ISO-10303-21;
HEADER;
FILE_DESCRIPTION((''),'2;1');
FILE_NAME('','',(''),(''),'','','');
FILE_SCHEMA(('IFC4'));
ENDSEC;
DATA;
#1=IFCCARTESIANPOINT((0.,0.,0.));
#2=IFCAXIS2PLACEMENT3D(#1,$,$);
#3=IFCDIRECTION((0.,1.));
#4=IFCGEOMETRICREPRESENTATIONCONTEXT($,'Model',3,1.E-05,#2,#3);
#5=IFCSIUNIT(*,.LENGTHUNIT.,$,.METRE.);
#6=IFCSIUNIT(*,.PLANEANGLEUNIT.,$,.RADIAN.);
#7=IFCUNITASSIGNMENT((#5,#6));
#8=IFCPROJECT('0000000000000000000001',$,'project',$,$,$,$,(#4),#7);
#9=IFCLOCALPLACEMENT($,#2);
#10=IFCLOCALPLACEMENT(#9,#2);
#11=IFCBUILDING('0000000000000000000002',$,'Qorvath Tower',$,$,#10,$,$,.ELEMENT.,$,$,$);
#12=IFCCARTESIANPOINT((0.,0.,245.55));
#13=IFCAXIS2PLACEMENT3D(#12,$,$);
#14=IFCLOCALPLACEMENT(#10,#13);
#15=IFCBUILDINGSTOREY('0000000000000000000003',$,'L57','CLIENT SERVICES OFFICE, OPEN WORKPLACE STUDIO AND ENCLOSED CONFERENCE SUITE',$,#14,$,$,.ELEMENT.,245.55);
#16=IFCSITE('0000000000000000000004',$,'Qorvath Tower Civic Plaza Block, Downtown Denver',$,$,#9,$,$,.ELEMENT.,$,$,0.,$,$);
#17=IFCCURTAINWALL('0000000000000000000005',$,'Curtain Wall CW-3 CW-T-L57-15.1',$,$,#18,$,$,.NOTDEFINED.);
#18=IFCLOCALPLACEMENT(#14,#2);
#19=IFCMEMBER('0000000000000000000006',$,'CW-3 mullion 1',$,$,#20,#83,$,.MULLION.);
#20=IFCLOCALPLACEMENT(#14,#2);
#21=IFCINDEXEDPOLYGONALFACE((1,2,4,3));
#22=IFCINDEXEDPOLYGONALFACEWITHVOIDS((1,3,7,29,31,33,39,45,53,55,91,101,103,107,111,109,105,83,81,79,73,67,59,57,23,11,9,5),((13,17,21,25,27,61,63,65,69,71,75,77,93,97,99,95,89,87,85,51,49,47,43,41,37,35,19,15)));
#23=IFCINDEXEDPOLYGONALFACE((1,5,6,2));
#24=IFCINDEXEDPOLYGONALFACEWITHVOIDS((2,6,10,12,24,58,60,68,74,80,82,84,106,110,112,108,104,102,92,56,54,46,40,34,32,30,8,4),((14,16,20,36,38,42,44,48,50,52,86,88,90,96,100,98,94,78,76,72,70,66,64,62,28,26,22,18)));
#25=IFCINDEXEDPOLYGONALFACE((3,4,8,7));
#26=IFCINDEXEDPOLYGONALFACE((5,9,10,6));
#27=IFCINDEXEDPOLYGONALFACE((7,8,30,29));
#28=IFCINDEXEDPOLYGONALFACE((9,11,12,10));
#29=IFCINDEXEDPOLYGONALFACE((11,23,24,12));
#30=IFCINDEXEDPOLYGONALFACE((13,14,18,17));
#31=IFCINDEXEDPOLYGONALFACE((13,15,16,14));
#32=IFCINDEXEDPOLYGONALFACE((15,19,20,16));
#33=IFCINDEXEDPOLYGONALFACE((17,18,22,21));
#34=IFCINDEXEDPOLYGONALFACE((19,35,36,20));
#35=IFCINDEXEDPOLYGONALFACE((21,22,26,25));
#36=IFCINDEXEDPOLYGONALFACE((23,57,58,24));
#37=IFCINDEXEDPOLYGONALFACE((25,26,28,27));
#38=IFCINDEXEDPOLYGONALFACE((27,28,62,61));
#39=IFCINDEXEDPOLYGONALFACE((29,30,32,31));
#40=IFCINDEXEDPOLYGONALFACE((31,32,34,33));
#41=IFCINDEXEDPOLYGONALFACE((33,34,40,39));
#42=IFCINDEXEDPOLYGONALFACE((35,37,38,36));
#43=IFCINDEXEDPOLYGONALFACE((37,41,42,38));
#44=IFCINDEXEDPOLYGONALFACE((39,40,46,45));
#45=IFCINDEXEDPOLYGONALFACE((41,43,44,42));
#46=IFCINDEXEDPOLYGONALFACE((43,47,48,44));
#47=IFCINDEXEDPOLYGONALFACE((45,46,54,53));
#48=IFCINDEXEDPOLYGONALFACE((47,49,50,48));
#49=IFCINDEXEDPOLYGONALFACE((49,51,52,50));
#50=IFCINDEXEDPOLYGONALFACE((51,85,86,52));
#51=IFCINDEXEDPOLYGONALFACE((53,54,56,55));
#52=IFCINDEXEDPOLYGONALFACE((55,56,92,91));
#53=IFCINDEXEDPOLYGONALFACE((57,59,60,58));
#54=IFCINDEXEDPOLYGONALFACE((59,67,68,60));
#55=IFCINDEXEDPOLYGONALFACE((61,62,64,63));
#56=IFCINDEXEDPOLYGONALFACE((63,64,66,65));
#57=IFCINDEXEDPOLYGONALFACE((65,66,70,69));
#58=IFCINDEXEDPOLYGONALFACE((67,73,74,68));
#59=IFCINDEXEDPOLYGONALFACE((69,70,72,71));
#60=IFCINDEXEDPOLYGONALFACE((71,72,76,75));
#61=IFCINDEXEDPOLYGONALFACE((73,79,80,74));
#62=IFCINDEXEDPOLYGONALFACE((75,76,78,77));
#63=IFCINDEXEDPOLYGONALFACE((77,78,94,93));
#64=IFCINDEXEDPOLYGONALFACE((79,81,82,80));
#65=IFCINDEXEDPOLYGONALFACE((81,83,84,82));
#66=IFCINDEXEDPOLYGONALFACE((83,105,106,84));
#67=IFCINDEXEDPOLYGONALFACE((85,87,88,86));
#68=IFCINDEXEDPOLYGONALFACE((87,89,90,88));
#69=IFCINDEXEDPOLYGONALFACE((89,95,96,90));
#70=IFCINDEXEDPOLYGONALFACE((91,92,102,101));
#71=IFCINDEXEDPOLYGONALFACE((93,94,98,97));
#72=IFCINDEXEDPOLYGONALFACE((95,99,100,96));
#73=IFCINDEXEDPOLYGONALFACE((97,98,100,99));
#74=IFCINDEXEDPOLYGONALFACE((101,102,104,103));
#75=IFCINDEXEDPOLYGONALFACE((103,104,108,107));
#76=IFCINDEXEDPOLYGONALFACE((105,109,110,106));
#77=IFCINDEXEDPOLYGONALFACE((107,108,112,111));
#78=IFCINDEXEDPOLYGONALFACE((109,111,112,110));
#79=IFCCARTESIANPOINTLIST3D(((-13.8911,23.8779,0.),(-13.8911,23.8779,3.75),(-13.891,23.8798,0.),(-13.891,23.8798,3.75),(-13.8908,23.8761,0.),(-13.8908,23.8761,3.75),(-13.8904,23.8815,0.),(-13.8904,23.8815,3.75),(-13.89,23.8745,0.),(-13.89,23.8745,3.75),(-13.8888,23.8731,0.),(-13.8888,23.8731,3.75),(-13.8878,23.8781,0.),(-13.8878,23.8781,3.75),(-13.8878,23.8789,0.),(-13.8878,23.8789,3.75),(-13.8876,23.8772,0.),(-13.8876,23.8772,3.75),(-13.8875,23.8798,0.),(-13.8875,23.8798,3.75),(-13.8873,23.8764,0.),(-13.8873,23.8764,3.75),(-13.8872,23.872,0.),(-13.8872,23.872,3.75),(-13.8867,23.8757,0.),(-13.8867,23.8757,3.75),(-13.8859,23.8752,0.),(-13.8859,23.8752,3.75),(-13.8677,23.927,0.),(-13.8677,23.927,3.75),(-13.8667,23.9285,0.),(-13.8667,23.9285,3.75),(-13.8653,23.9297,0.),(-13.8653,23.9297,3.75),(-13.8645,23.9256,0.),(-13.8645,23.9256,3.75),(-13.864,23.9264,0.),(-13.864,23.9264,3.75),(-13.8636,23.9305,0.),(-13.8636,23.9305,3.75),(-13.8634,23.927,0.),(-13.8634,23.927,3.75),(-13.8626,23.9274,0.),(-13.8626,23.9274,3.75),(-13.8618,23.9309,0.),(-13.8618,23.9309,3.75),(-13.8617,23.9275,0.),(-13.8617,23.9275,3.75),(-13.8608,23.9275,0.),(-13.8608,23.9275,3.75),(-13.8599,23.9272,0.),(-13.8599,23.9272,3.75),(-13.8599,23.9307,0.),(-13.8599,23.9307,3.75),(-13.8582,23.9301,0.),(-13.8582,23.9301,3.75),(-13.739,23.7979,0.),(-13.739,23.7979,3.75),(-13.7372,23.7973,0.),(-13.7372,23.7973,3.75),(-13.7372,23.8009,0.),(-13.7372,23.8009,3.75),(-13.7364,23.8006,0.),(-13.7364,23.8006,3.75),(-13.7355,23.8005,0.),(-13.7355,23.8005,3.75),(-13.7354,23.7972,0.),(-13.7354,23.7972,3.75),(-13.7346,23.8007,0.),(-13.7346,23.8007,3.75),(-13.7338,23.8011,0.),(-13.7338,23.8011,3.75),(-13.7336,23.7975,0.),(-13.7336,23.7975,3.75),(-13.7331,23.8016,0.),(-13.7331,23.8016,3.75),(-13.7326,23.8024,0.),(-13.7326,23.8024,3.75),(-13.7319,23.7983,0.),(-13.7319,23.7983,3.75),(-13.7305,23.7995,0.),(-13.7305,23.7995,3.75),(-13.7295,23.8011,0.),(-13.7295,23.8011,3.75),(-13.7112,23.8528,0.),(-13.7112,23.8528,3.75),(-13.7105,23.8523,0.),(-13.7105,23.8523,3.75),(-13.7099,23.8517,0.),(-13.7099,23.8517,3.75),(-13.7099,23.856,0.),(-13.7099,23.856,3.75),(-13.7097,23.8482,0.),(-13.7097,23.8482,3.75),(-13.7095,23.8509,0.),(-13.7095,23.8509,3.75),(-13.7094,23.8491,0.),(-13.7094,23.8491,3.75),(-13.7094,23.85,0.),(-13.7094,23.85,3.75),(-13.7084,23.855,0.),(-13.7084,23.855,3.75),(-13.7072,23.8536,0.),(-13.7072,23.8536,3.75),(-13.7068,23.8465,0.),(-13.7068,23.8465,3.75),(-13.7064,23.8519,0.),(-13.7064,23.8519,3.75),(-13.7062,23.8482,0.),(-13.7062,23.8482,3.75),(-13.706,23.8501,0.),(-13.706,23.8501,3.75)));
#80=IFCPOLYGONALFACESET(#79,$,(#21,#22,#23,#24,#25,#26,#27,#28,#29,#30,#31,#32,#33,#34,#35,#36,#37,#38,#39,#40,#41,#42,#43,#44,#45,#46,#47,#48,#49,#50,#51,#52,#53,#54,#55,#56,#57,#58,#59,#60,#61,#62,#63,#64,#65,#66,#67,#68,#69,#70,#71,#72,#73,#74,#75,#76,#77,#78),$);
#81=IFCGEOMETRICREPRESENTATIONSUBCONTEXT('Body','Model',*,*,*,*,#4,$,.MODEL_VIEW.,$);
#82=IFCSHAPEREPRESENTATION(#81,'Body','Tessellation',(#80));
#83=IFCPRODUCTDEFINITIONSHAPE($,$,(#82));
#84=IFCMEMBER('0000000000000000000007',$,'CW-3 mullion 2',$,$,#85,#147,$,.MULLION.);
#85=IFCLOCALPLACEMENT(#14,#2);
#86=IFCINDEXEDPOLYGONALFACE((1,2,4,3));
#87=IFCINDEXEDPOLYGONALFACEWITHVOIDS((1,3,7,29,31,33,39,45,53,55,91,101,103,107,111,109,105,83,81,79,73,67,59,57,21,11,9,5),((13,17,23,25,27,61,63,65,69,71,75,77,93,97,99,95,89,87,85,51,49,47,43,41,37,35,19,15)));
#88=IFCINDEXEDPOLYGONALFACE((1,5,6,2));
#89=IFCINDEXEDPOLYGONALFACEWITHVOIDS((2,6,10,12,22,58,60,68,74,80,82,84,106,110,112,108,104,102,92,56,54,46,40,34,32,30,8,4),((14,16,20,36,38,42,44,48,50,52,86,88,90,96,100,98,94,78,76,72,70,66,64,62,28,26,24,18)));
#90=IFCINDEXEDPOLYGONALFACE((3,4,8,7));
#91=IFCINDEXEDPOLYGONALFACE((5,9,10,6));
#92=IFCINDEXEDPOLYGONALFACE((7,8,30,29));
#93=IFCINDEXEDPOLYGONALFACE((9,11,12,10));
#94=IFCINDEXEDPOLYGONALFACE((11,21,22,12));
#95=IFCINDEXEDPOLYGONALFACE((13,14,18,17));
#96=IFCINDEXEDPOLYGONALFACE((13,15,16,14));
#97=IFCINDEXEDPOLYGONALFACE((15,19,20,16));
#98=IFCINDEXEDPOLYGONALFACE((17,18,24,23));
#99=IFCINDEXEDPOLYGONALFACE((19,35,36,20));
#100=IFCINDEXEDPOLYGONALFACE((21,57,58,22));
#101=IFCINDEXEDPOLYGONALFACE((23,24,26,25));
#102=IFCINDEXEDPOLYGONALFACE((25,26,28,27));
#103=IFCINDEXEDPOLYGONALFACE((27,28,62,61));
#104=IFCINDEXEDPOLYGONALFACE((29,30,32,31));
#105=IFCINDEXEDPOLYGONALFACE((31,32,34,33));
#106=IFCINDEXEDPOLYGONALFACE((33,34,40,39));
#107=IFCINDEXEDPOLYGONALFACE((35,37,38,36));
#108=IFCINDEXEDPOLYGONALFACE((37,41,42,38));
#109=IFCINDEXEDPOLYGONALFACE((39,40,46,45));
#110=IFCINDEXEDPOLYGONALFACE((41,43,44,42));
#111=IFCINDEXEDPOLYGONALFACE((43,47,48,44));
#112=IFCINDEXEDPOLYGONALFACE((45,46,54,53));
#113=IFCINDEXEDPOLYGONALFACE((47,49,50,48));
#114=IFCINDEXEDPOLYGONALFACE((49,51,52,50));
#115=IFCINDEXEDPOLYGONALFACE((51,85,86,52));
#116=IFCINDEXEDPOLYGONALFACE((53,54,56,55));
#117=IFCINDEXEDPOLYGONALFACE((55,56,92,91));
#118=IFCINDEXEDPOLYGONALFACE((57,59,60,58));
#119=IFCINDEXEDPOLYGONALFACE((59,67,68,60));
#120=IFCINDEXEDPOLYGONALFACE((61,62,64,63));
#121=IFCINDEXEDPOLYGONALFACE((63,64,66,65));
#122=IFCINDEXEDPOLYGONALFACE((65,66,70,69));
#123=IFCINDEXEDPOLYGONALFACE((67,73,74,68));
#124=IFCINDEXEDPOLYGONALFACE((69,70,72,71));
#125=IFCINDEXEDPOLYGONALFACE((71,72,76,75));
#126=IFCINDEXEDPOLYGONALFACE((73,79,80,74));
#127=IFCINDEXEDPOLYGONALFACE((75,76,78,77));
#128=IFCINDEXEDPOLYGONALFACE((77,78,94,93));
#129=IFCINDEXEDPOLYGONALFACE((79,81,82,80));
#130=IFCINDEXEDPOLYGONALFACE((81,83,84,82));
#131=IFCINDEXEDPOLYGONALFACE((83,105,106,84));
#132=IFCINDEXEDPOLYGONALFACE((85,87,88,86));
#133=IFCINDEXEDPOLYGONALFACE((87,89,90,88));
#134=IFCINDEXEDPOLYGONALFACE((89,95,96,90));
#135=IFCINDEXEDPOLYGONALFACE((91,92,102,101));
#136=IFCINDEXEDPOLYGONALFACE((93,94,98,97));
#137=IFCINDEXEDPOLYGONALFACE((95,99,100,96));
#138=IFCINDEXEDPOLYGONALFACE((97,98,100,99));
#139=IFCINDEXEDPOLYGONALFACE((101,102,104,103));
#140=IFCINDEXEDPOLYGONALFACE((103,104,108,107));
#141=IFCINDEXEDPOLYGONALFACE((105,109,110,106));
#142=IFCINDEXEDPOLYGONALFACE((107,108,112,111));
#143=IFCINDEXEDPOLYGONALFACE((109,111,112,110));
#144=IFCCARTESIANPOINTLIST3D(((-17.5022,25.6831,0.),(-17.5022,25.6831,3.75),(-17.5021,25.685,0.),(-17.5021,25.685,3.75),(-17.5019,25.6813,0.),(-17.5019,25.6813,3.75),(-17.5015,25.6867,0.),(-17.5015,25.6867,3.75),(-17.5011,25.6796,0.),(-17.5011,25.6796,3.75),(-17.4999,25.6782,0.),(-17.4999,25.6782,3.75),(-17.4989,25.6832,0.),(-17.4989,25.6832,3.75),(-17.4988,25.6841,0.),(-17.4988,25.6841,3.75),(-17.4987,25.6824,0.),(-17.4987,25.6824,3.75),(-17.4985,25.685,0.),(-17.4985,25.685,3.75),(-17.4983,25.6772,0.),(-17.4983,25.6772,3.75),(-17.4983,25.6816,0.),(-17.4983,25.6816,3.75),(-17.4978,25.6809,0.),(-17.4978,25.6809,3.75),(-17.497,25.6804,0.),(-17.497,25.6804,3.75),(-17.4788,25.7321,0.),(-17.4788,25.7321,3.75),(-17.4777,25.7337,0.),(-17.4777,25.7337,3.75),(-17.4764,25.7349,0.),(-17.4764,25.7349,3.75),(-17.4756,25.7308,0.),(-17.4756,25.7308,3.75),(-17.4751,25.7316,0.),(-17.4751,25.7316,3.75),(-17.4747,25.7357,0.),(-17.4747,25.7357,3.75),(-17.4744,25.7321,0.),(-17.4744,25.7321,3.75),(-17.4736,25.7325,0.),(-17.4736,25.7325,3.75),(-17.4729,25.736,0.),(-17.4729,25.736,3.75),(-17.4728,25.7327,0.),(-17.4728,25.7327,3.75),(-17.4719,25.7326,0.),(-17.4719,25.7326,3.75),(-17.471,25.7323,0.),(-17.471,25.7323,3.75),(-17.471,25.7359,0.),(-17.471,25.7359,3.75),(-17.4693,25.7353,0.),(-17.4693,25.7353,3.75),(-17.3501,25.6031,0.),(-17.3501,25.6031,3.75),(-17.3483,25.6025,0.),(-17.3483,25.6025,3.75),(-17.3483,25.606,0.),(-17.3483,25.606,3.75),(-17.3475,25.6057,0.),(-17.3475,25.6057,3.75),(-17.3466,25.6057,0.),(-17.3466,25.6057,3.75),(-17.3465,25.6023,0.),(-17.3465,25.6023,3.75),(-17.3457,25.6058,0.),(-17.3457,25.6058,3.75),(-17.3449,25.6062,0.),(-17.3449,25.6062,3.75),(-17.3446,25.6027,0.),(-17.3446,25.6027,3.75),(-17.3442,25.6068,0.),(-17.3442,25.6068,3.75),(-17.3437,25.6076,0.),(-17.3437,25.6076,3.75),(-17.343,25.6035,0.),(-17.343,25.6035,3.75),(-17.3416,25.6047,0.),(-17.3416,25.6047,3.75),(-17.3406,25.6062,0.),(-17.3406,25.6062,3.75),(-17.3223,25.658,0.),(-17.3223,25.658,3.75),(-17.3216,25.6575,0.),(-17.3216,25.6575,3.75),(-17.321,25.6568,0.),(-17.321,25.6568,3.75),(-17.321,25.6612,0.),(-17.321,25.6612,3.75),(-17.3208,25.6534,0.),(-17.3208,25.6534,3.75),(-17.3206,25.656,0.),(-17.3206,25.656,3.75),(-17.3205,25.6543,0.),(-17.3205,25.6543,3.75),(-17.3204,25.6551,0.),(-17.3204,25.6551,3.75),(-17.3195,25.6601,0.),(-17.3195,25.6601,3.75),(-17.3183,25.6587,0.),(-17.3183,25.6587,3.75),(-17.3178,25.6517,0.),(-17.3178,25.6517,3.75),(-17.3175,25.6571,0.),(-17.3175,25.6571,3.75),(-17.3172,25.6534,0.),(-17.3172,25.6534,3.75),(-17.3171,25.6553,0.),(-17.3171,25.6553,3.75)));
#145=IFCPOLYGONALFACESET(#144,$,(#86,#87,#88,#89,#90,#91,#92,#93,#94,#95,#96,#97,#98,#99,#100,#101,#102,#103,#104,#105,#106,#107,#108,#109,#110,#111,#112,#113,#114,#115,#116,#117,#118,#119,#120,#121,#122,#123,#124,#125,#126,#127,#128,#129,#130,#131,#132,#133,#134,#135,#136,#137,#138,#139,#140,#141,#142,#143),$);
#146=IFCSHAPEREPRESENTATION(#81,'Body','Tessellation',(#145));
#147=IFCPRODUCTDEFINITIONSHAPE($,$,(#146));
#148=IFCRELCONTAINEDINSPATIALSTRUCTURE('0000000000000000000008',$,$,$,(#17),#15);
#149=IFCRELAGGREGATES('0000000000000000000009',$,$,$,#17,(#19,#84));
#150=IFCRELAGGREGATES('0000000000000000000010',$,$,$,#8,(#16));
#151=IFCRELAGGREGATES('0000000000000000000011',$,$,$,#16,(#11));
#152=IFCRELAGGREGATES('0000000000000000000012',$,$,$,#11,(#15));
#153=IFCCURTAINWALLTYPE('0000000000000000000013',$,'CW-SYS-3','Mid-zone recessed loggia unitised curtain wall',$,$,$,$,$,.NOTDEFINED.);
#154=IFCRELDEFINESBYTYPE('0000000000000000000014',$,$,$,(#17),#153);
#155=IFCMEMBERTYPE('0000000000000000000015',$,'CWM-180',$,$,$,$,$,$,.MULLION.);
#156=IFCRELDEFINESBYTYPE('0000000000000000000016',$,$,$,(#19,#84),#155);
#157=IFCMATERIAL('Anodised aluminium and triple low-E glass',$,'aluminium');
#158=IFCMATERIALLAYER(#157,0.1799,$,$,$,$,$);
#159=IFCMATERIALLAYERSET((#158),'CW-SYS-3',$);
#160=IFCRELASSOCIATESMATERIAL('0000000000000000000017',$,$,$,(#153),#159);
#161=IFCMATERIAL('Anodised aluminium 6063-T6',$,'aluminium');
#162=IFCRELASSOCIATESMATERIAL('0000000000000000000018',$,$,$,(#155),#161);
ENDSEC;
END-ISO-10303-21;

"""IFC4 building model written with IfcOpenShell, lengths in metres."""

from ifc_helpers import new_model, si_unit, direction, frame, origin, origin_2d, place, context, subcontext, project, spatial, hollow_rectangle, extrude, material, layer, layer_set, material_profile, profile_set, type_object, element, aggregate, save


model = new_model("IFC4")

# Units and contexts
model_context = context("Model", 3, precision=1e-05, world=origin(), true_north=direction((0.0, 1.0)))
body_context = subcontext(model_context, "Body", "Model", "MODEL_VIEW")
ifc_project = project(units=[si_unit("LENGTHUNIT", "METRE"), si_unit("PLANEANGLEUNIT", "RADIAN")], contexts=[model_context])

# Site, building, storey
site_placement = place(None, origin())
site = spatial("IfcSite", under=ifc_project, at=site_placement, Name="Qorvath Tower Civic Plaza Block, Downtown Denver", CompositionType="ELEMENT", RefElevation=0.0)
building_placement = place(site_placement, origin())
building = spatial("IfcBuilding", under=site, at=building_placement, Name="Qorvath Tower", CompositionType="ELEMENT")
storey_placement = place(building_placement, frame((0.0, 0.0, 245.55)))
storey = spatial("IfcBuildingStorey", under=building, at=storey_placement, Name="L57", Description="CLIENT SERVICES OFFICE, OPEN WORKPLACE STUDIO AND ENCLOSED CONFERENCE SUITE", CompositionType="ELEMENT", Elevation=245.55)

# Shared definitions
ifc_material_1 = material(Name="Anodised aluminium and triple low-E glass", Category="aluminium")
ifc_layer_1 = layer(ifc_material_1, 0.1799)
ifc_layer_set_1 = layer_set([ifc_layer_1], Name="CW-SYS-3")
curtain_wall_type = type_object("IfcCurtainWallType", Name="CW-SYS-3", Description="Mid-zone recessed loggia unitised curtain wall", PredefinedType="NOTDEFINED", material=ifc_layer_set_1)
ifc_material_2 = material(Name="Anodised aluminium 6063-T6", Category="aluminium")
ifc_material_profile_1 = material_profile(ifc_material_2, hollow_rectangle(XDim=0.0649, YDim=0.1799, WallThickness=0.0034, InnerFilletRadius=0.0034, OuterFilletRadius=0.0071, at=origin_2d()), Name="CWM 180x65")
ifc_profile_set_1 = profile_set([ifc_material_profile_1], Name="Anodised aluminium 6063-T6")
member_type_1 = type_object("IfcMemberType", Name="CWM-180", PredefinedType="MULLION", material=ifc_profile_set_1)

# Curtain wall, members
curtain_wall_1_placement = place(storey_placement, origin())
curtain_wall_1 = element("IfcCurtainWall", 1, at=curtain_wall_1_placement, inside=storey, type_object=curtain_wall_type, Name="Curtain Wall CW-3 CW-T-L57-15.1", PredefinedType="NOTDEFINED")
member_1_placement = place(storey_placement, frame((-13.7986, 23.864, 0.0), z_axis=(0.0, 0.0, 1.0), x_axis=(-0.447175, -0.894447, 0.0)))
member_1 = element("IfcMember", 2, at=member_1_placement, type_object=member_type_1, Name="CW-3 mullion 1", PredefinedType="MULLION", context=body_context, shape_type="SweptSolid", body=[
    extrude(hollow_rectangle(XDim=0.0649, YDim=0.1799, WallThickness=0.0034, InnerFilletRadius=0.0034, OuterFilletRadius=0.0071, at=origin_2d()), origin(), (0.0, 0.0, 1.0), 3.75),
])
member_2_placement = place(storey_placement, frame((-17.4097, 25.6692, 0.0), z_axis=(0.0, 0.0, 1.0), x_axis=(-0.447175, -0.894447, 0.0)))
member_2 = element("IfcMember", 3, at=member_2_placement, type_object=member_type_1, Name="CW-3 mullion 2", PredefinedType="MULLION", context=body_context, shape_type="SweptSolid", body=[
    extrude(hollow_rectangle(XDim=0.0649, YDim=0.1799, WallThickness=0.0034, InnerFilletRadius=0.0034, OuterFilletRadius=0.0071, at=origin_2d()), origin(), (0.0, 0.0, 1.0), 3.75),
])

aggregate(curtain_wall_1, [member_1, member_2])

save(model, "model.ifc")
